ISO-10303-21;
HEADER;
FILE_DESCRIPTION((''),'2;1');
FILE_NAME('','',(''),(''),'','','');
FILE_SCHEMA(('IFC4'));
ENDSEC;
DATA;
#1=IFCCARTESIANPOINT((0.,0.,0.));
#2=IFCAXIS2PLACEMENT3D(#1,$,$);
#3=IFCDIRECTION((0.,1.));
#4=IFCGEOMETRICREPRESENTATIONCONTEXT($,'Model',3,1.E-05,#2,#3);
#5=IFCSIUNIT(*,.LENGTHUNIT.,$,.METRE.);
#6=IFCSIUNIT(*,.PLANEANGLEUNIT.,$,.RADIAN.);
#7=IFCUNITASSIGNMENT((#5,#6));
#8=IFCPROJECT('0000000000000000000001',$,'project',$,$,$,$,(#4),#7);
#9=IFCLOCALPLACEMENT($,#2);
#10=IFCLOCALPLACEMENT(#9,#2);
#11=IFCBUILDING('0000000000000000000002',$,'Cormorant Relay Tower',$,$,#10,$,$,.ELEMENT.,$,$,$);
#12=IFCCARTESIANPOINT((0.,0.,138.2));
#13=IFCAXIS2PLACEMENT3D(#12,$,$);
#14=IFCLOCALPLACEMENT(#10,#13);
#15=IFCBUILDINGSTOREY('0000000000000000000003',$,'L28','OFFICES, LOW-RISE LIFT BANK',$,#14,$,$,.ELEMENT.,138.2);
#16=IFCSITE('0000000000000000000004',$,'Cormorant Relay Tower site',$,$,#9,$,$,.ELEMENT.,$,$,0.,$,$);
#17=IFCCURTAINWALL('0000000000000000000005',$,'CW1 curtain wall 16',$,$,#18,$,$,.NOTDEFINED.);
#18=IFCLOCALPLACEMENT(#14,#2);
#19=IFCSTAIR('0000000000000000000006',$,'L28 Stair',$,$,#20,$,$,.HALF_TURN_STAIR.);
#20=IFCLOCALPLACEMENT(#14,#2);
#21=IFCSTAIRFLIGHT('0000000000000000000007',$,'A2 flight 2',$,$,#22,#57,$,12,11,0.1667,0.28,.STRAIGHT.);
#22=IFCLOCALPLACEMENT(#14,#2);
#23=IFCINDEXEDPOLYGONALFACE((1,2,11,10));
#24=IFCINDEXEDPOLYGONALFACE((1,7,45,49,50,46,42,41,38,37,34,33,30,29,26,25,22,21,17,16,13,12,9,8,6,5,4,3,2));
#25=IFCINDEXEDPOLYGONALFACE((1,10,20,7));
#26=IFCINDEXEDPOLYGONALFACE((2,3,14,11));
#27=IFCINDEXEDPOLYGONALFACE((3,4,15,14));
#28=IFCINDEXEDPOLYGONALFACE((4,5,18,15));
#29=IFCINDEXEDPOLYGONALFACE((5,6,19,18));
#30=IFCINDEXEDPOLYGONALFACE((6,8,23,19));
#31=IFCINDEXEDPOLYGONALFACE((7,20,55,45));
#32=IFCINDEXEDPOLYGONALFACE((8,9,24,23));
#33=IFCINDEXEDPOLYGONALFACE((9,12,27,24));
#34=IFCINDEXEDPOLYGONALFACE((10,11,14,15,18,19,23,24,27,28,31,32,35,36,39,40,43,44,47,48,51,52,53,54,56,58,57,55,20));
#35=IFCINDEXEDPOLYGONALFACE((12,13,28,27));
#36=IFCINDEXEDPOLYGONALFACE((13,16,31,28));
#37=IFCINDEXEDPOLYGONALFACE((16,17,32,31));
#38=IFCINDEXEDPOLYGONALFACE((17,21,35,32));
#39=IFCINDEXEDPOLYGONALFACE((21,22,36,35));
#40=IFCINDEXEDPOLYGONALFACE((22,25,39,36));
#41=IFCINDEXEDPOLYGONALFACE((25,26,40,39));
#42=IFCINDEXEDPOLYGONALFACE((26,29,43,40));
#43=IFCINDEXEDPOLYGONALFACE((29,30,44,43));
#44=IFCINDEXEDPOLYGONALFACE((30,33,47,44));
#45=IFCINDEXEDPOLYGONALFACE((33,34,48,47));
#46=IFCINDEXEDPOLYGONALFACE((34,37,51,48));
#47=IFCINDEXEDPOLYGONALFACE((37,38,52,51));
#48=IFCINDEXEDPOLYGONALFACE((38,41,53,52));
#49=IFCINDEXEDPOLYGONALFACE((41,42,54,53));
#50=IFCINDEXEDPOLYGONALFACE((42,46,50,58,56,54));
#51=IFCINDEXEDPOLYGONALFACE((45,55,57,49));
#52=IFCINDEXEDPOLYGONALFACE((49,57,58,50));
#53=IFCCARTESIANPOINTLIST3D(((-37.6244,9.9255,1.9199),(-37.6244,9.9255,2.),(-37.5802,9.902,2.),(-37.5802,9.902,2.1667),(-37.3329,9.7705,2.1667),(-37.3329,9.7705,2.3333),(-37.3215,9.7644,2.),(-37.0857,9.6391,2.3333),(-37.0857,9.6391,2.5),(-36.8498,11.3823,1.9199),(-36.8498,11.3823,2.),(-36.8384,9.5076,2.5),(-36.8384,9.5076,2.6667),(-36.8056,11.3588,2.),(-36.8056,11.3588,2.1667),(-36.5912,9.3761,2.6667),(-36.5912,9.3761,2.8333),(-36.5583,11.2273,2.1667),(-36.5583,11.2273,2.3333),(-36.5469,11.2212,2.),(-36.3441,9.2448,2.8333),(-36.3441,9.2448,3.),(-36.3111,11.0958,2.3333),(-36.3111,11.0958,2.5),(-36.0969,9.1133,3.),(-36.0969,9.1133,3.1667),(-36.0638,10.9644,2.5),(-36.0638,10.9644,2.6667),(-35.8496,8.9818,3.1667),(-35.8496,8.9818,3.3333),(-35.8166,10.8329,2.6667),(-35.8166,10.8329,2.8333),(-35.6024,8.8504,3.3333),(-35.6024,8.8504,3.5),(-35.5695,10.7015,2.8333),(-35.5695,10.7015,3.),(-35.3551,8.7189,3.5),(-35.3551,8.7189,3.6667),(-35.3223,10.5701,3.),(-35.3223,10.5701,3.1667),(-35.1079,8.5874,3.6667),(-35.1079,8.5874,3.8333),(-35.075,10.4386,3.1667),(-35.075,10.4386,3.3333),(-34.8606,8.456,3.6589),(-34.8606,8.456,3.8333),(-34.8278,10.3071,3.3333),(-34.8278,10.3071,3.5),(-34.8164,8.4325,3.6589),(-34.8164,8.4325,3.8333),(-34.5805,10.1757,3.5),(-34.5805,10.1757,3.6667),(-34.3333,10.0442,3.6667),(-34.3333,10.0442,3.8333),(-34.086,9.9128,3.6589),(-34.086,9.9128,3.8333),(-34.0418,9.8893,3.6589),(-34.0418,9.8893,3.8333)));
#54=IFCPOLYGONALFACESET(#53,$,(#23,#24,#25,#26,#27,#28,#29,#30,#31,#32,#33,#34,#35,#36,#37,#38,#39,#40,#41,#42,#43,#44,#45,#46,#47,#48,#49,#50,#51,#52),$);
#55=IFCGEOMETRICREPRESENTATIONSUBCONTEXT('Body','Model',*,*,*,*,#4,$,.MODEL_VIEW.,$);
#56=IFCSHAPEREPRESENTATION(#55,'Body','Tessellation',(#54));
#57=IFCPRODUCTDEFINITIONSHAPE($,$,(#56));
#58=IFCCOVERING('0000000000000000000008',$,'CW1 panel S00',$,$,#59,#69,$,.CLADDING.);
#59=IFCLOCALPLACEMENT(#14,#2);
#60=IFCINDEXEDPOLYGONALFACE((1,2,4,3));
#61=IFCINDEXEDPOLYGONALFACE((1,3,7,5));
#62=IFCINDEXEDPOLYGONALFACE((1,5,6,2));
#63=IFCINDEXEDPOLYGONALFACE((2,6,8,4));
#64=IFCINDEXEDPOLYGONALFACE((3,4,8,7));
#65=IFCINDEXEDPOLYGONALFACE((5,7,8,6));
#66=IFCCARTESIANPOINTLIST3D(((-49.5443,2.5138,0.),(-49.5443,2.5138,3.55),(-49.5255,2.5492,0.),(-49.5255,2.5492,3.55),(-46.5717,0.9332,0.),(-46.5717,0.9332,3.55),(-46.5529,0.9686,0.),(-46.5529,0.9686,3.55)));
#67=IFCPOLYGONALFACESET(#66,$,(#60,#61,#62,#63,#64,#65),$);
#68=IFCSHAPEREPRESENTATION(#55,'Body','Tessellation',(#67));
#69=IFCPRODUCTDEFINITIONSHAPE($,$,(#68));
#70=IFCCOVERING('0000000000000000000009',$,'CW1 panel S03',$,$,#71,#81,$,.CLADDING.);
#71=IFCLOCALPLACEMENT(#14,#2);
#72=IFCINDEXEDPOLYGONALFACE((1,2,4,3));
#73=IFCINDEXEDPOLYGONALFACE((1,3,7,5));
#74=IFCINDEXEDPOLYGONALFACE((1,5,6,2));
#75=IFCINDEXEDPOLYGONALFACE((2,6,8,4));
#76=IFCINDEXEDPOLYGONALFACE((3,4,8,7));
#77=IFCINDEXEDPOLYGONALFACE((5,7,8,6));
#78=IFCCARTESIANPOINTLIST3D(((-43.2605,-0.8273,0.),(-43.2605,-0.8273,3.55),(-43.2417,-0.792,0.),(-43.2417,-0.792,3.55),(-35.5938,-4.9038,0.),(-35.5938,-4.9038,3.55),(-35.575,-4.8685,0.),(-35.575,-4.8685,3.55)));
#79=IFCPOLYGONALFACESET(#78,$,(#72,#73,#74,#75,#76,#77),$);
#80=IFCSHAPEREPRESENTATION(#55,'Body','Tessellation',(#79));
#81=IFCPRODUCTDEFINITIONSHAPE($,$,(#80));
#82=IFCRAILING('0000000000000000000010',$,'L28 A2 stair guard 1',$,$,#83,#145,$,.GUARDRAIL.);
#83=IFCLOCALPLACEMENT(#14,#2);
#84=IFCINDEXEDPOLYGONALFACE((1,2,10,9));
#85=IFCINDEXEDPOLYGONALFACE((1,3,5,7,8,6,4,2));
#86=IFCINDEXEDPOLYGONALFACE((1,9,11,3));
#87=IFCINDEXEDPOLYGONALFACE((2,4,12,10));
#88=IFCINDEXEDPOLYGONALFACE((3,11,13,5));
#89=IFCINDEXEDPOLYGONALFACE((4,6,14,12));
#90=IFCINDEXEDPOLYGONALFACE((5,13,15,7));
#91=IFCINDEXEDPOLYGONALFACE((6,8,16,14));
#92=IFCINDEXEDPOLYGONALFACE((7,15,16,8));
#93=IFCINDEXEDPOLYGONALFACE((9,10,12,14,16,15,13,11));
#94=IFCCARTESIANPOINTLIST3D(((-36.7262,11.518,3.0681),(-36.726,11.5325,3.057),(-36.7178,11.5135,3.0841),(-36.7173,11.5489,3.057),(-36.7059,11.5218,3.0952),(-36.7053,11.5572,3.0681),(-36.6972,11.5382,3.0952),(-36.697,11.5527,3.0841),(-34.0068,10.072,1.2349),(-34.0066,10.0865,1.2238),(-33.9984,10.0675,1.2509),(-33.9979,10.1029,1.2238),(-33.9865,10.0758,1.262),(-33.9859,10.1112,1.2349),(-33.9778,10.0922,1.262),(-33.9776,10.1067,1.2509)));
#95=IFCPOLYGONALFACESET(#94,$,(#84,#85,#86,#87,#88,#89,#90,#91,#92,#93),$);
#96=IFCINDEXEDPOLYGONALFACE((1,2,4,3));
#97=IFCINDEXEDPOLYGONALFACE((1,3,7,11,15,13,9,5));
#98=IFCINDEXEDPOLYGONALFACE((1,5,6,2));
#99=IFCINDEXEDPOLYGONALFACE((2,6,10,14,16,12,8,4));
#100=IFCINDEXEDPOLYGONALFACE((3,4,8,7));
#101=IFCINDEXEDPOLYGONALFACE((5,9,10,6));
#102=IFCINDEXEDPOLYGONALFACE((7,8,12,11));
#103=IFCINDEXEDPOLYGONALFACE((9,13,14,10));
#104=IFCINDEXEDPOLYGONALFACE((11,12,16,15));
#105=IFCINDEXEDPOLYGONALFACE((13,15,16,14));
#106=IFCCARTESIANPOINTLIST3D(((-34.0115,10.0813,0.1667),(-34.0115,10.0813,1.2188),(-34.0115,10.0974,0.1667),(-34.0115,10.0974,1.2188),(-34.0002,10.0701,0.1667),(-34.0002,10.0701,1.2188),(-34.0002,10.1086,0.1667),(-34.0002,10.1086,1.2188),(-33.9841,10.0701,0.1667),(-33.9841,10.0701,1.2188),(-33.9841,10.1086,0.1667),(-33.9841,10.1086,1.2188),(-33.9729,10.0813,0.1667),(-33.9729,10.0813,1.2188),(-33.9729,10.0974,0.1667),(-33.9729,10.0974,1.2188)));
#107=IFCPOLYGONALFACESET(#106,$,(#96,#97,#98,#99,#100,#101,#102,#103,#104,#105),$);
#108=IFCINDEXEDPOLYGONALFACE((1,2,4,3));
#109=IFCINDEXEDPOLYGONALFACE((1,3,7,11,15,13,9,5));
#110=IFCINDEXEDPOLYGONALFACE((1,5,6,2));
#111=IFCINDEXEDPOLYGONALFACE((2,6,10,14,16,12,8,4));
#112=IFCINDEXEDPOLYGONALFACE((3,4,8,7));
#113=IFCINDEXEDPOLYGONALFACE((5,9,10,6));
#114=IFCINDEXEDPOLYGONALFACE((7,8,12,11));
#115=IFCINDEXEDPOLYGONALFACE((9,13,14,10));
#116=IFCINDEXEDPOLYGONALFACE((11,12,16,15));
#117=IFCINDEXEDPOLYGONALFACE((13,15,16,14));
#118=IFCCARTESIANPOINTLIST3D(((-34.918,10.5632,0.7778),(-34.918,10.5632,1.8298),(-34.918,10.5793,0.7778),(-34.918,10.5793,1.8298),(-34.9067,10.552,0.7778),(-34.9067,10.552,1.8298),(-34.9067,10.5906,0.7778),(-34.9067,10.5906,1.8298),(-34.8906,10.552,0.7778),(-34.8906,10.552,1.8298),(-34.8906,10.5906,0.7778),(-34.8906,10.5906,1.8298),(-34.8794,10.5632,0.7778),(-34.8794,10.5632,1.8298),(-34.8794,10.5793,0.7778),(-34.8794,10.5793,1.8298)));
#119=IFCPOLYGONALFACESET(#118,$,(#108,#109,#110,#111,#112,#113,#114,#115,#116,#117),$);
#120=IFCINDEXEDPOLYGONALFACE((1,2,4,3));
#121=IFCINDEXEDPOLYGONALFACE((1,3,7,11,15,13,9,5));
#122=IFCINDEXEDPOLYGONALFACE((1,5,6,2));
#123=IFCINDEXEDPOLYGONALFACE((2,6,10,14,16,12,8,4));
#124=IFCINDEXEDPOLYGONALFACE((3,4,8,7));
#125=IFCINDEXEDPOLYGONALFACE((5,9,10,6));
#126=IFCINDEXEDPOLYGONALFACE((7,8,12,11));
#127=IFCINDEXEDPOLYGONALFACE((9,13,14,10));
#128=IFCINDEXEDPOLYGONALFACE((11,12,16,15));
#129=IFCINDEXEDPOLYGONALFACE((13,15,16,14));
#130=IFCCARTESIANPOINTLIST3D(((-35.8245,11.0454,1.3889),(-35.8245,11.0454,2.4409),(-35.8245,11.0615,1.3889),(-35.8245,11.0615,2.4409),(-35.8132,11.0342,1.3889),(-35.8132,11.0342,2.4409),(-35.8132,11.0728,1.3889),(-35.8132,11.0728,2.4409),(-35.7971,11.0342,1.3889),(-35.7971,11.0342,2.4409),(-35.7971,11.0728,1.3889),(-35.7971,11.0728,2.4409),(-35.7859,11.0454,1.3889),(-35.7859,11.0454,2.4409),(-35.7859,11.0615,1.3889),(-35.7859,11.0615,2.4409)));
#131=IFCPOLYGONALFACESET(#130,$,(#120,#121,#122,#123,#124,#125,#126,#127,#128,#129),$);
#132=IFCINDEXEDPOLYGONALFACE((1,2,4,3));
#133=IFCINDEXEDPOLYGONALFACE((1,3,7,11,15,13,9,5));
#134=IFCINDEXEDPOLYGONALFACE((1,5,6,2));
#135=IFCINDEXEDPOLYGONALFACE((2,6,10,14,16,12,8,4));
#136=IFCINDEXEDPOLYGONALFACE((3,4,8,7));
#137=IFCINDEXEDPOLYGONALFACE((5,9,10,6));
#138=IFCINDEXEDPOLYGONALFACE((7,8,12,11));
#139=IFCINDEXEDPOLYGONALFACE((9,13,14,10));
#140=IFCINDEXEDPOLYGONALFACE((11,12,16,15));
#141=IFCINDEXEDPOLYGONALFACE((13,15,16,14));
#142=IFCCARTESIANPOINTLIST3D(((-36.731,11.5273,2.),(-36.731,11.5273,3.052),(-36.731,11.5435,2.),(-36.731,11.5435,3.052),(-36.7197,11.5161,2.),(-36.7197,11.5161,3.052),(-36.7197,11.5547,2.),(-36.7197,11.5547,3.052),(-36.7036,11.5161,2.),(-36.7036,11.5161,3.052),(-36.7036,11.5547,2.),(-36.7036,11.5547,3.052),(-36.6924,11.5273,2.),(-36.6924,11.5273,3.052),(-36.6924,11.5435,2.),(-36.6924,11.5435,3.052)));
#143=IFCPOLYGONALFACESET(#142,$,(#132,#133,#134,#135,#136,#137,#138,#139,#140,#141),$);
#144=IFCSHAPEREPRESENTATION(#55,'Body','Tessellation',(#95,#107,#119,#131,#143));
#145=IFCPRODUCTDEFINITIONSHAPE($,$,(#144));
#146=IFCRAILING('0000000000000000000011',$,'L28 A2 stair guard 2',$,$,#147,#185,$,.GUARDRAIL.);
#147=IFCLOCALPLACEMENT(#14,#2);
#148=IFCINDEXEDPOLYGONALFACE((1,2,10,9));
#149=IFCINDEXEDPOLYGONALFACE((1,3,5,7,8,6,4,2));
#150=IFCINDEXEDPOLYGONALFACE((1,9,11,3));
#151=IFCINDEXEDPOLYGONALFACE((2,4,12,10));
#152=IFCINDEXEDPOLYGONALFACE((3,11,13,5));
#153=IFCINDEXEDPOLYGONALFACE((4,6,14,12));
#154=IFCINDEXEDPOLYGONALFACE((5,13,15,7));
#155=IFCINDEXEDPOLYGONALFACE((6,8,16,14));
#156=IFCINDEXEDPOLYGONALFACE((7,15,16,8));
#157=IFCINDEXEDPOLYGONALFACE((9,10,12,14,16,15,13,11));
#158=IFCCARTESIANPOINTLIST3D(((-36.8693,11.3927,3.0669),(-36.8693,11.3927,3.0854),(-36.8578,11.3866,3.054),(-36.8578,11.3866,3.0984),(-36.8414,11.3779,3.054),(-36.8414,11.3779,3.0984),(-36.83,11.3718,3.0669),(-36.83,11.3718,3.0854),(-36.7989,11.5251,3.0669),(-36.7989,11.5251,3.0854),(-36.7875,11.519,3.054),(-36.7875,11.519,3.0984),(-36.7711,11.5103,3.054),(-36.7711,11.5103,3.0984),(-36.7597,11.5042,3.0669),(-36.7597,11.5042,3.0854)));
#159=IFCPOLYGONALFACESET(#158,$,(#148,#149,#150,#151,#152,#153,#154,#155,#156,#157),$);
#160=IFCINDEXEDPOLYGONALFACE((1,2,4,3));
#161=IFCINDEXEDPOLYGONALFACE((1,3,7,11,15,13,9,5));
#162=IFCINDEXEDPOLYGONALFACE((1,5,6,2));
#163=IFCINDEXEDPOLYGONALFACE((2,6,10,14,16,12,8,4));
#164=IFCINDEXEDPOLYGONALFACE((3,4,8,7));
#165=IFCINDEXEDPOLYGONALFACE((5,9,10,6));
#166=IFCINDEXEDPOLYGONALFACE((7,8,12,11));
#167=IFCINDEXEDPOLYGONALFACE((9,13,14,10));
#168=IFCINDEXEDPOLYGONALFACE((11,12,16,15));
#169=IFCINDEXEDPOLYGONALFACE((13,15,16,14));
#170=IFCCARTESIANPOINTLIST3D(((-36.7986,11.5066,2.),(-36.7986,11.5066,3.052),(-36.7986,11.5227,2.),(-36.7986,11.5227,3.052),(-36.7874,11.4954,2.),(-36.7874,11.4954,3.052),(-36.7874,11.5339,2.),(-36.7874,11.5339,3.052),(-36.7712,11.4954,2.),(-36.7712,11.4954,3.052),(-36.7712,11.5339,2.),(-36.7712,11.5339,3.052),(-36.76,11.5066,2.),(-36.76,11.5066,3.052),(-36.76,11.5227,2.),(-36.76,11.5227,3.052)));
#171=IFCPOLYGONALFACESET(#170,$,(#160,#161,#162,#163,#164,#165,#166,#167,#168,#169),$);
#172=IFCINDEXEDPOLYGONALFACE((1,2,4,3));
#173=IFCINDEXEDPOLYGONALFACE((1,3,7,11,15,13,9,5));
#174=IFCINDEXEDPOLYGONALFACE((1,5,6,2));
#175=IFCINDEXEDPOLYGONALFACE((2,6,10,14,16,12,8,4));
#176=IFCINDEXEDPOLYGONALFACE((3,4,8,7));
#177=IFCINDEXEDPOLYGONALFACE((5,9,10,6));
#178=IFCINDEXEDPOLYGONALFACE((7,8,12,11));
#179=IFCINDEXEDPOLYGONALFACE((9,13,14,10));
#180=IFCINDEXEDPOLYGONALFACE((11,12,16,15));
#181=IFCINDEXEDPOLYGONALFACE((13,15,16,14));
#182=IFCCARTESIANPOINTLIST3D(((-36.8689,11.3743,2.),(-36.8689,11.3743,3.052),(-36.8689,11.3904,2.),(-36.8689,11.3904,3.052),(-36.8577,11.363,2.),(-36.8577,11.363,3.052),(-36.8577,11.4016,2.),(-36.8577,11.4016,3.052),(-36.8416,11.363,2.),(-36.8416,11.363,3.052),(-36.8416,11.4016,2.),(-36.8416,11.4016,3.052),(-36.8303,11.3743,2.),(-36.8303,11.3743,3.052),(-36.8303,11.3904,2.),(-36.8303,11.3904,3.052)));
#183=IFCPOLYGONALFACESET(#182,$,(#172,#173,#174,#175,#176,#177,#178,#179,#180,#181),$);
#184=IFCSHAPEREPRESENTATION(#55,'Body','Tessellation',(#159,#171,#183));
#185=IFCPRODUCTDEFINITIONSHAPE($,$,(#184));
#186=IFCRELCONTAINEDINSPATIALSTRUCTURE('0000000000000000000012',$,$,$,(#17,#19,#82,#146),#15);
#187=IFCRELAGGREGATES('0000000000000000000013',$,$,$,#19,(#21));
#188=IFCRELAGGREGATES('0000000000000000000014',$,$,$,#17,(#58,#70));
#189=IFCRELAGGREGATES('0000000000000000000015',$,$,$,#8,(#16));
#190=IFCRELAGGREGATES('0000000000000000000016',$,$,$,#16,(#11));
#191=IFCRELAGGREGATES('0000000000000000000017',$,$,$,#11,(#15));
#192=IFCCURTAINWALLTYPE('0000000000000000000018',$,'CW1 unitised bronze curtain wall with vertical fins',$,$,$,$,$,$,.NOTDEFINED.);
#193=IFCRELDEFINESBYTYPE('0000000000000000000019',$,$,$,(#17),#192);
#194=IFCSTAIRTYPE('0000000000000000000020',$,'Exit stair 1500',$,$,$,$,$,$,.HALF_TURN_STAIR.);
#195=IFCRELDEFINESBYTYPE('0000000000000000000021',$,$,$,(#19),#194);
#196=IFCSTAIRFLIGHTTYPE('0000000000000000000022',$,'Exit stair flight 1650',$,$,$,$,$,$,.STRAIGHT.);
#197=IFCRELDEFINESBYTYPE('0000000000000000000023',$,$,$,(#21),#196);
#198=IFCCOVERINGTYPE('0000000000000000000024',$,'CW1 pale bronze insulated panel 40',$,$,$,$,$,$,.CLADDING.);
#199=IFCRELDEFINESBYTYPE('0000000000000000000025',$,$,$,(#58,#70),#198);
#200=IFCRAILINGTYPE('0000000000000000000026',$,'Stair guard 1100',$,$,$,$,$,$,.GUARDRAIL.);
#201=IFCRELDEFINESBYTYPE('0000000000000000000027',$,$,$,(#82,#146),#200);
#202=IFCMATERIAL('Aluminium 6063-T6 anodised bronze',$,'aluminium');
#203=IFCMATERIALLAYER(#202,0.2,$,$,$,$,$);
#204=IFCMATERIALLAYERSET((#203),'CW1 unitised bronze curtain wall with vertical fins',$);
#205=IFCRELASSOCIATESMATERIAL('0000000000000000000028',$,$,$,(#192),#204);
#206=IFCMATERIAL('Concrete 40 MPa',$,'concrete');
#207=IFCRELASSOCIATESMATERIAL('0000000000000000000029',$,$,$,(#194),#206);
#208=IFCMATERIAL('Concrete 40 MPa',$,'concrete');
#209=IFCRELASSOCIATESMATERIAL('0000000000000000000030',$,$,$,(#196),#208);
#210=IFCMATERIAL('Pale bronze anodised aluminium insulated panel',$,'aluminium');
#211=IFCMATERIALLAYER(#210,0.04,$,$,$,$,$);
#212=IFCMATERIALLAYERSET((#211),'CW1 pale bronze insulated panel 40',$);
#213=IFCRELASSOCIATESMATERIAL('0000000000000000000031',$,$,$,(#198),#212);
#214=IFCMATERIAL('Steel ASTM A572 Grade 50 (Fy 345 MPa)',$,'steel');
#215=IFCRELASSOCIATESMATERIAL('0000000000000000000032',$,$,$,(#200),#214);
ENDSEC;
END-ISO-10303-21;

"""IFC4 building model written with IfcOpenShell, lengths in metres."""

from ifc_helpers import new_model, si_unit, direction, frame, origin, origin_2d, place, context, subcontext, project, spatial, polyline, rectangle, outline, extrude, material, layer, layer_set, type_object, element, aggregate, save


model = new_model("IFC4")

# Units and contexts
model_context = context("Model", 3, precision=1e-05, world=origin(), true_north=direction((0.0, 1.0)))
body_context = subcontext(model_context, "Body", "Model", "MODEL_VIEW")
ifc_project = project(units=[si_unit("LENGTHUNIT", "METRE"), si_unit("PLANEANGLEUNIT", "RADIAN")], contexts=[model_context])

# Site, building, storey
site_placement = place(None, origin())
site = spatial("IfcSite", under=ifc_project, at=site_placement, Name="Cormorant Relay Tower site", CompositionType="ELEMENT", RefElevation=0.0)
building_placement = place(site_placement, origin())
building = spatial("IfcBuilding", under=site, at=building_placement, Name="Cormorant Relay Tower", CompositionType="ELEMENT")
storey_placement = place(building_placement, frame((0.0, 0.0, 138.2)))
storey = spatial("IfcBuildingStorey", under=building, at=storey_placement, Name="L28", Description="OFFICES, LOW-RISE LIFT BANK", CompositionType="ELEMENT", Elevation=138.2)

# Curtain wall
ifc_material_1 = material(Name="Aluminium 6063-T6 anodised bronze", Category="aluminium")
ifc_layer_1 = layer(ifc_material_1, 0.2)
ifc_layer_set_1 = layer_set([ifc_layer_1], Name="CW1 unitised bronze curtain wall with vertical fins")
curtain_wall_type = type_object("IfcCurtainWallType", Name="CW1 unitised bronze curtain wall with vertical fins", PredefinedType="NOTDEFINED", material=ifc_layer_set_1)
curtain_wall_placement = place(storey_placement, origin())
curtain_wall = element("IfcCurtainWall", 1, at=curtain_wall_placement, inside=storey, type_object=curtain_wall_type, Name="CW1 curtain wall 16", PredefinedType="NOTDEFINED")

# Stair, stair flight
ifc_material_2 = material(Name="Concrete 40 MPa", Category="concrete")
stair_type = type_object("IfcStairType", Name="Exit stair 1500", PredefinedType="HALF_TURN_STAIR", material=ifc_material_2)
stair_placement = place(storey_placement, origin())
stair = element("IfcStair", 2, at=stair_placement, inside=storey, type_object=stair_type, Name="L28 Stair", PredefinedType="HALF_TURN_STAIR")
ifc_material_3 = material(Name="Concrete 40 MPa", Category="concrete")
stair_flight_type = type_object("IfcStairFlightType", Name="Exit stair flight 1650", PredefinedType="STRAIGHT", material=ifc_material_3)
stair_flight_1_placement = place(storey_placement, frame((-37.1929, 10.6304, 2.0), z_axis=(0.0, 0.0, 1.0), x_axis=(0.882948, -0.469472, 0.0)))
stair_flight_1 = element("IfcStairFlight", 3, at=stair_flight_1_placement, type_object=stair_flight_type, Name="A2 flight 2", NumberOfRisers=12, NumberOfTreads=11, PredefinedType="STRAIGHT", RiserHeight=0.1667, TreadLength=0.28, context=body_context, shape_type="SweptSolid", body=[
    extrude(outline(polyline([(-0.05, -0.0801), (-0.05, 0.0), (0.0, 0.0), (0.0, 0.1667), (0.28, 0.1667), (0.28, 0.3333), (0.5601, 0.3333), (0.5601, 0.5), (0.8401, 0.5), (0.8401, 0.6667), (1.1201, 0.6667), (1.1201, 0.8333), (1.3999, 0.8333), (1.3999, 1.0), (1.6799, 1.0), (1.6799, 1.1667), (1.96, 1.1667), (1.96, 1.3333), (2.24, 1.3333), (2.24, 1.5), (2.52, 1.5), (2.52, 1.6667), (2.8, 1.6667), (2.8, 1.8333), (3.0801, 1.8333), (3.1301, 1.8333), (3.1301, 1.6589), (3.0801, 1.6589), (0.293, 0.0), (-0.05, -0.0801)])), frame((0.0, 0.825, 0.0), z_axis=(0.0, -1.0, 0.0), x_axis=(1.0, 0.0, 0.0)), (0.0, 0.0, 1.0), 1.6499),
])
aggregate(stair, [stair_flight_1])

# Coverings
ifc_material_4 = material(Name="Pale bronze anodised aluminium insulated panel", Category="aluminium")
ifc_layer_2 = layer(ifc_material_4, 0.04)
ifc_layer_set_2 = layer_set([ifc_layer_2], Name="CW1 pale bronze insulated panel 40")
covering_type = type_object("IfcCoveringType", Name="CW1 pale bronze insulated panel 40", PredefinedType="CLADDING", material=ifc_layer_set_2)
covering_1_placement = place(storey_placement, frame((-48.0486, 1.7412, 0.0), z_axis=(0.0, 0.0, 1.0), x_axis=(0.882948, -0.469472, 0.0)))
covering_1 = element("IfcCovering", 4, at=covering_1_placement, type_object=covering_type, Name="CW1 panel S00", PredefinedType="CLADDING", context=body_context, shape_type="SweptSolid", body=[
    extrude(rectangle(XDim=3.3667, YDim=0.04, at=origin_2d()), origin(), (0.0, 0.0, 1.0), 3.55),
])
covering_2_placement = place(storey_placement, frame((-39.4177, -2.8479, 0.0), z_axis=(0.0, 0.0, 1.0), x_axis=(0.882948, -0.469472, 0.0)))
covering_2 = element("IfcCovering", 5, at=covering_2_placement, type_object=covering_type, Name="CW1 panel S03", PredefinedType="CLADDING", context=body_context, shape_type="SweptSolid", body=[
    extrude(rectangle(XDim=8.6831, YDim=0.04, at=origin_2d()), origin(), (0.0, 0.0, 1.0), 3.55),
])
aggregate(curtain_wall, [covering_1, covering_2])

# Railings
ifc_material_5 = material(Name="Steel ASTM A572 Grade 50 (Fy 345 MPa)", Category="steel")
railing_type_1 = type_object("IfcRailingType", Name="Stair guard 1100", PredefinedType="GUARDRAIL", material=ifc_material_5)
railing_1_placement = place(storey_placement, frame((-33.9922, 10.0894, 0.1667)))
element("IfcRailing", 6, at=railing_1_placement, inside=storey, type_object=railing_type_1, Name="L28 A2 stair guard 1", PredefinedType="GUARDRAIL", context=body_context, shape_type="SweptSolid", body=[
    extrude(outline(polyline([(0.0222, 0.0093), (0.0093, 0.0222), (-0.0093, 0.0222), (-0.0222, 0.0093), (-0.0222, -0.0093), (-0.0093, -0.0222), (0.0093, -0.0222), (0.0222, -0.0093), (0.0222, 0.0093)])), frame((0.0, 0.0, 1.0762), z_axis=(-0.758714, 0.403435, 0.511463), x_axis=(-0.469489, -0.882938, 0.0)), (0.0, 0.0, 1.0), 3.5842),
    extrude(outline(polyline([(0.0193, 0.0081), (0.0081, 0.0193), (-0.0081, 0.0193), (-0.0193, 0.0081), (-0.0193, -0.0081), (-0.0081, -0.0193), (0.0081, -0.0193), (0.0193, -0.0081), (0.0193, 0.0081)])), origin(), (0.0, 0.0, 1.0), 1.052),
    extrude(outline(polyline([(0.0193, 0.0081), (0.0081, 0.0193), (-0.0081, 0.0193), (-0.0193, 0.0081), (-0.0193, -0.0081), (-0.0081, -0.0193), (0.0081, -0.0193), (0.0193, -0.0081), (0.0193, 0.0081)])), frame((-0.9065, 0.4819, 0.6111)), (0.0, 0.0, 1.0), 1.052),
    extrude(outline(polyline([(0.0193, 0.0081), (0.0081, 0.0193), (-0.0081, 0.0193), (-0.0193, 0.0081), (-0.0193, -0.0081), (-0.0081, -0.0193), (0.0081, -0.0193), (0.0193, -0.0081), (0.0193, 0.0081)])), frame((-1.813, 0.9641, 1.2222)), (0.0, 0.0, 1.0), 1.052),
    extrude(outline(polyline([(0.0193, 0.0081), (0.0081, 0.0193), (-0.0081, 0.0193), (-0.0193, 0.0081), (-0.0193, -0.0081), (-0.0081, -0.0193), (0.0081, -0.0193), (0.0193, -0.0081), (0.0193, 0.0081)])), frame((-2.7195, 1.446, 1.8333)), (0.0, 0.0, 1.0), 1.052),
])
railing_2_placement = place(storey_placement, frame((-36.7793, 11.5146, 2.0)))
element("IfcRailing", 7, at=railing_2_placement, inside=storey, type_object=railing_type_1, Name="L28 A2 stair guard 2", PredefinedType="GUARDRAIL", context=body_context, shape_type="SweptSolid", body=[
    extrude(outline(polyline([(0.0222, 0.0093), (0.0093, 0.0222), (-0.0093, 0.0222), (-0.0222, 0.0093), (-0.0222, -0.0093), (-0.0093, -0.0222), (0.0093, -0.0222), (0.0222, -0.0093), (0.0222, 0.0093)])), frame((0.0, 0.0, 1.0762), z_axis=(-0.469235, -0.883074, 0.0), x_axis=(0.883074, -0.469235, 0.0)), (0.0, 0.0, 1.0), 0.1499),
    extrude(outline(polyline([(0.0193, 0.0081), (0.0081, 0.0193), (-0.0081, 0.0193), (-0.0193, 0.0081), (-0.0193, -0.0081), (-0.0081, -0.0193), (0.0081, -0.0193), (0.0193, -0.0081), (0.0193, 0.0081)])), origin(), (0.0, 0.0, 1.0), 1.052),
    extrude(outline(polyline([(0.0193, 0.0081), (0.0081, 0.0193), (-0.0081, 0.0193), (-0.0193, 0.0081), (-0.0193, -0.0081), (-0.0081, -0.0193), (0.0081, -0.0193), (0.0193, -0.0081), (0.0193, 0.0081)])), frame((-0.0703, -0.1323, 0.0)), (0.0, 0.0, 1.0), 1.052),
])

save(model, "model.ifc")
